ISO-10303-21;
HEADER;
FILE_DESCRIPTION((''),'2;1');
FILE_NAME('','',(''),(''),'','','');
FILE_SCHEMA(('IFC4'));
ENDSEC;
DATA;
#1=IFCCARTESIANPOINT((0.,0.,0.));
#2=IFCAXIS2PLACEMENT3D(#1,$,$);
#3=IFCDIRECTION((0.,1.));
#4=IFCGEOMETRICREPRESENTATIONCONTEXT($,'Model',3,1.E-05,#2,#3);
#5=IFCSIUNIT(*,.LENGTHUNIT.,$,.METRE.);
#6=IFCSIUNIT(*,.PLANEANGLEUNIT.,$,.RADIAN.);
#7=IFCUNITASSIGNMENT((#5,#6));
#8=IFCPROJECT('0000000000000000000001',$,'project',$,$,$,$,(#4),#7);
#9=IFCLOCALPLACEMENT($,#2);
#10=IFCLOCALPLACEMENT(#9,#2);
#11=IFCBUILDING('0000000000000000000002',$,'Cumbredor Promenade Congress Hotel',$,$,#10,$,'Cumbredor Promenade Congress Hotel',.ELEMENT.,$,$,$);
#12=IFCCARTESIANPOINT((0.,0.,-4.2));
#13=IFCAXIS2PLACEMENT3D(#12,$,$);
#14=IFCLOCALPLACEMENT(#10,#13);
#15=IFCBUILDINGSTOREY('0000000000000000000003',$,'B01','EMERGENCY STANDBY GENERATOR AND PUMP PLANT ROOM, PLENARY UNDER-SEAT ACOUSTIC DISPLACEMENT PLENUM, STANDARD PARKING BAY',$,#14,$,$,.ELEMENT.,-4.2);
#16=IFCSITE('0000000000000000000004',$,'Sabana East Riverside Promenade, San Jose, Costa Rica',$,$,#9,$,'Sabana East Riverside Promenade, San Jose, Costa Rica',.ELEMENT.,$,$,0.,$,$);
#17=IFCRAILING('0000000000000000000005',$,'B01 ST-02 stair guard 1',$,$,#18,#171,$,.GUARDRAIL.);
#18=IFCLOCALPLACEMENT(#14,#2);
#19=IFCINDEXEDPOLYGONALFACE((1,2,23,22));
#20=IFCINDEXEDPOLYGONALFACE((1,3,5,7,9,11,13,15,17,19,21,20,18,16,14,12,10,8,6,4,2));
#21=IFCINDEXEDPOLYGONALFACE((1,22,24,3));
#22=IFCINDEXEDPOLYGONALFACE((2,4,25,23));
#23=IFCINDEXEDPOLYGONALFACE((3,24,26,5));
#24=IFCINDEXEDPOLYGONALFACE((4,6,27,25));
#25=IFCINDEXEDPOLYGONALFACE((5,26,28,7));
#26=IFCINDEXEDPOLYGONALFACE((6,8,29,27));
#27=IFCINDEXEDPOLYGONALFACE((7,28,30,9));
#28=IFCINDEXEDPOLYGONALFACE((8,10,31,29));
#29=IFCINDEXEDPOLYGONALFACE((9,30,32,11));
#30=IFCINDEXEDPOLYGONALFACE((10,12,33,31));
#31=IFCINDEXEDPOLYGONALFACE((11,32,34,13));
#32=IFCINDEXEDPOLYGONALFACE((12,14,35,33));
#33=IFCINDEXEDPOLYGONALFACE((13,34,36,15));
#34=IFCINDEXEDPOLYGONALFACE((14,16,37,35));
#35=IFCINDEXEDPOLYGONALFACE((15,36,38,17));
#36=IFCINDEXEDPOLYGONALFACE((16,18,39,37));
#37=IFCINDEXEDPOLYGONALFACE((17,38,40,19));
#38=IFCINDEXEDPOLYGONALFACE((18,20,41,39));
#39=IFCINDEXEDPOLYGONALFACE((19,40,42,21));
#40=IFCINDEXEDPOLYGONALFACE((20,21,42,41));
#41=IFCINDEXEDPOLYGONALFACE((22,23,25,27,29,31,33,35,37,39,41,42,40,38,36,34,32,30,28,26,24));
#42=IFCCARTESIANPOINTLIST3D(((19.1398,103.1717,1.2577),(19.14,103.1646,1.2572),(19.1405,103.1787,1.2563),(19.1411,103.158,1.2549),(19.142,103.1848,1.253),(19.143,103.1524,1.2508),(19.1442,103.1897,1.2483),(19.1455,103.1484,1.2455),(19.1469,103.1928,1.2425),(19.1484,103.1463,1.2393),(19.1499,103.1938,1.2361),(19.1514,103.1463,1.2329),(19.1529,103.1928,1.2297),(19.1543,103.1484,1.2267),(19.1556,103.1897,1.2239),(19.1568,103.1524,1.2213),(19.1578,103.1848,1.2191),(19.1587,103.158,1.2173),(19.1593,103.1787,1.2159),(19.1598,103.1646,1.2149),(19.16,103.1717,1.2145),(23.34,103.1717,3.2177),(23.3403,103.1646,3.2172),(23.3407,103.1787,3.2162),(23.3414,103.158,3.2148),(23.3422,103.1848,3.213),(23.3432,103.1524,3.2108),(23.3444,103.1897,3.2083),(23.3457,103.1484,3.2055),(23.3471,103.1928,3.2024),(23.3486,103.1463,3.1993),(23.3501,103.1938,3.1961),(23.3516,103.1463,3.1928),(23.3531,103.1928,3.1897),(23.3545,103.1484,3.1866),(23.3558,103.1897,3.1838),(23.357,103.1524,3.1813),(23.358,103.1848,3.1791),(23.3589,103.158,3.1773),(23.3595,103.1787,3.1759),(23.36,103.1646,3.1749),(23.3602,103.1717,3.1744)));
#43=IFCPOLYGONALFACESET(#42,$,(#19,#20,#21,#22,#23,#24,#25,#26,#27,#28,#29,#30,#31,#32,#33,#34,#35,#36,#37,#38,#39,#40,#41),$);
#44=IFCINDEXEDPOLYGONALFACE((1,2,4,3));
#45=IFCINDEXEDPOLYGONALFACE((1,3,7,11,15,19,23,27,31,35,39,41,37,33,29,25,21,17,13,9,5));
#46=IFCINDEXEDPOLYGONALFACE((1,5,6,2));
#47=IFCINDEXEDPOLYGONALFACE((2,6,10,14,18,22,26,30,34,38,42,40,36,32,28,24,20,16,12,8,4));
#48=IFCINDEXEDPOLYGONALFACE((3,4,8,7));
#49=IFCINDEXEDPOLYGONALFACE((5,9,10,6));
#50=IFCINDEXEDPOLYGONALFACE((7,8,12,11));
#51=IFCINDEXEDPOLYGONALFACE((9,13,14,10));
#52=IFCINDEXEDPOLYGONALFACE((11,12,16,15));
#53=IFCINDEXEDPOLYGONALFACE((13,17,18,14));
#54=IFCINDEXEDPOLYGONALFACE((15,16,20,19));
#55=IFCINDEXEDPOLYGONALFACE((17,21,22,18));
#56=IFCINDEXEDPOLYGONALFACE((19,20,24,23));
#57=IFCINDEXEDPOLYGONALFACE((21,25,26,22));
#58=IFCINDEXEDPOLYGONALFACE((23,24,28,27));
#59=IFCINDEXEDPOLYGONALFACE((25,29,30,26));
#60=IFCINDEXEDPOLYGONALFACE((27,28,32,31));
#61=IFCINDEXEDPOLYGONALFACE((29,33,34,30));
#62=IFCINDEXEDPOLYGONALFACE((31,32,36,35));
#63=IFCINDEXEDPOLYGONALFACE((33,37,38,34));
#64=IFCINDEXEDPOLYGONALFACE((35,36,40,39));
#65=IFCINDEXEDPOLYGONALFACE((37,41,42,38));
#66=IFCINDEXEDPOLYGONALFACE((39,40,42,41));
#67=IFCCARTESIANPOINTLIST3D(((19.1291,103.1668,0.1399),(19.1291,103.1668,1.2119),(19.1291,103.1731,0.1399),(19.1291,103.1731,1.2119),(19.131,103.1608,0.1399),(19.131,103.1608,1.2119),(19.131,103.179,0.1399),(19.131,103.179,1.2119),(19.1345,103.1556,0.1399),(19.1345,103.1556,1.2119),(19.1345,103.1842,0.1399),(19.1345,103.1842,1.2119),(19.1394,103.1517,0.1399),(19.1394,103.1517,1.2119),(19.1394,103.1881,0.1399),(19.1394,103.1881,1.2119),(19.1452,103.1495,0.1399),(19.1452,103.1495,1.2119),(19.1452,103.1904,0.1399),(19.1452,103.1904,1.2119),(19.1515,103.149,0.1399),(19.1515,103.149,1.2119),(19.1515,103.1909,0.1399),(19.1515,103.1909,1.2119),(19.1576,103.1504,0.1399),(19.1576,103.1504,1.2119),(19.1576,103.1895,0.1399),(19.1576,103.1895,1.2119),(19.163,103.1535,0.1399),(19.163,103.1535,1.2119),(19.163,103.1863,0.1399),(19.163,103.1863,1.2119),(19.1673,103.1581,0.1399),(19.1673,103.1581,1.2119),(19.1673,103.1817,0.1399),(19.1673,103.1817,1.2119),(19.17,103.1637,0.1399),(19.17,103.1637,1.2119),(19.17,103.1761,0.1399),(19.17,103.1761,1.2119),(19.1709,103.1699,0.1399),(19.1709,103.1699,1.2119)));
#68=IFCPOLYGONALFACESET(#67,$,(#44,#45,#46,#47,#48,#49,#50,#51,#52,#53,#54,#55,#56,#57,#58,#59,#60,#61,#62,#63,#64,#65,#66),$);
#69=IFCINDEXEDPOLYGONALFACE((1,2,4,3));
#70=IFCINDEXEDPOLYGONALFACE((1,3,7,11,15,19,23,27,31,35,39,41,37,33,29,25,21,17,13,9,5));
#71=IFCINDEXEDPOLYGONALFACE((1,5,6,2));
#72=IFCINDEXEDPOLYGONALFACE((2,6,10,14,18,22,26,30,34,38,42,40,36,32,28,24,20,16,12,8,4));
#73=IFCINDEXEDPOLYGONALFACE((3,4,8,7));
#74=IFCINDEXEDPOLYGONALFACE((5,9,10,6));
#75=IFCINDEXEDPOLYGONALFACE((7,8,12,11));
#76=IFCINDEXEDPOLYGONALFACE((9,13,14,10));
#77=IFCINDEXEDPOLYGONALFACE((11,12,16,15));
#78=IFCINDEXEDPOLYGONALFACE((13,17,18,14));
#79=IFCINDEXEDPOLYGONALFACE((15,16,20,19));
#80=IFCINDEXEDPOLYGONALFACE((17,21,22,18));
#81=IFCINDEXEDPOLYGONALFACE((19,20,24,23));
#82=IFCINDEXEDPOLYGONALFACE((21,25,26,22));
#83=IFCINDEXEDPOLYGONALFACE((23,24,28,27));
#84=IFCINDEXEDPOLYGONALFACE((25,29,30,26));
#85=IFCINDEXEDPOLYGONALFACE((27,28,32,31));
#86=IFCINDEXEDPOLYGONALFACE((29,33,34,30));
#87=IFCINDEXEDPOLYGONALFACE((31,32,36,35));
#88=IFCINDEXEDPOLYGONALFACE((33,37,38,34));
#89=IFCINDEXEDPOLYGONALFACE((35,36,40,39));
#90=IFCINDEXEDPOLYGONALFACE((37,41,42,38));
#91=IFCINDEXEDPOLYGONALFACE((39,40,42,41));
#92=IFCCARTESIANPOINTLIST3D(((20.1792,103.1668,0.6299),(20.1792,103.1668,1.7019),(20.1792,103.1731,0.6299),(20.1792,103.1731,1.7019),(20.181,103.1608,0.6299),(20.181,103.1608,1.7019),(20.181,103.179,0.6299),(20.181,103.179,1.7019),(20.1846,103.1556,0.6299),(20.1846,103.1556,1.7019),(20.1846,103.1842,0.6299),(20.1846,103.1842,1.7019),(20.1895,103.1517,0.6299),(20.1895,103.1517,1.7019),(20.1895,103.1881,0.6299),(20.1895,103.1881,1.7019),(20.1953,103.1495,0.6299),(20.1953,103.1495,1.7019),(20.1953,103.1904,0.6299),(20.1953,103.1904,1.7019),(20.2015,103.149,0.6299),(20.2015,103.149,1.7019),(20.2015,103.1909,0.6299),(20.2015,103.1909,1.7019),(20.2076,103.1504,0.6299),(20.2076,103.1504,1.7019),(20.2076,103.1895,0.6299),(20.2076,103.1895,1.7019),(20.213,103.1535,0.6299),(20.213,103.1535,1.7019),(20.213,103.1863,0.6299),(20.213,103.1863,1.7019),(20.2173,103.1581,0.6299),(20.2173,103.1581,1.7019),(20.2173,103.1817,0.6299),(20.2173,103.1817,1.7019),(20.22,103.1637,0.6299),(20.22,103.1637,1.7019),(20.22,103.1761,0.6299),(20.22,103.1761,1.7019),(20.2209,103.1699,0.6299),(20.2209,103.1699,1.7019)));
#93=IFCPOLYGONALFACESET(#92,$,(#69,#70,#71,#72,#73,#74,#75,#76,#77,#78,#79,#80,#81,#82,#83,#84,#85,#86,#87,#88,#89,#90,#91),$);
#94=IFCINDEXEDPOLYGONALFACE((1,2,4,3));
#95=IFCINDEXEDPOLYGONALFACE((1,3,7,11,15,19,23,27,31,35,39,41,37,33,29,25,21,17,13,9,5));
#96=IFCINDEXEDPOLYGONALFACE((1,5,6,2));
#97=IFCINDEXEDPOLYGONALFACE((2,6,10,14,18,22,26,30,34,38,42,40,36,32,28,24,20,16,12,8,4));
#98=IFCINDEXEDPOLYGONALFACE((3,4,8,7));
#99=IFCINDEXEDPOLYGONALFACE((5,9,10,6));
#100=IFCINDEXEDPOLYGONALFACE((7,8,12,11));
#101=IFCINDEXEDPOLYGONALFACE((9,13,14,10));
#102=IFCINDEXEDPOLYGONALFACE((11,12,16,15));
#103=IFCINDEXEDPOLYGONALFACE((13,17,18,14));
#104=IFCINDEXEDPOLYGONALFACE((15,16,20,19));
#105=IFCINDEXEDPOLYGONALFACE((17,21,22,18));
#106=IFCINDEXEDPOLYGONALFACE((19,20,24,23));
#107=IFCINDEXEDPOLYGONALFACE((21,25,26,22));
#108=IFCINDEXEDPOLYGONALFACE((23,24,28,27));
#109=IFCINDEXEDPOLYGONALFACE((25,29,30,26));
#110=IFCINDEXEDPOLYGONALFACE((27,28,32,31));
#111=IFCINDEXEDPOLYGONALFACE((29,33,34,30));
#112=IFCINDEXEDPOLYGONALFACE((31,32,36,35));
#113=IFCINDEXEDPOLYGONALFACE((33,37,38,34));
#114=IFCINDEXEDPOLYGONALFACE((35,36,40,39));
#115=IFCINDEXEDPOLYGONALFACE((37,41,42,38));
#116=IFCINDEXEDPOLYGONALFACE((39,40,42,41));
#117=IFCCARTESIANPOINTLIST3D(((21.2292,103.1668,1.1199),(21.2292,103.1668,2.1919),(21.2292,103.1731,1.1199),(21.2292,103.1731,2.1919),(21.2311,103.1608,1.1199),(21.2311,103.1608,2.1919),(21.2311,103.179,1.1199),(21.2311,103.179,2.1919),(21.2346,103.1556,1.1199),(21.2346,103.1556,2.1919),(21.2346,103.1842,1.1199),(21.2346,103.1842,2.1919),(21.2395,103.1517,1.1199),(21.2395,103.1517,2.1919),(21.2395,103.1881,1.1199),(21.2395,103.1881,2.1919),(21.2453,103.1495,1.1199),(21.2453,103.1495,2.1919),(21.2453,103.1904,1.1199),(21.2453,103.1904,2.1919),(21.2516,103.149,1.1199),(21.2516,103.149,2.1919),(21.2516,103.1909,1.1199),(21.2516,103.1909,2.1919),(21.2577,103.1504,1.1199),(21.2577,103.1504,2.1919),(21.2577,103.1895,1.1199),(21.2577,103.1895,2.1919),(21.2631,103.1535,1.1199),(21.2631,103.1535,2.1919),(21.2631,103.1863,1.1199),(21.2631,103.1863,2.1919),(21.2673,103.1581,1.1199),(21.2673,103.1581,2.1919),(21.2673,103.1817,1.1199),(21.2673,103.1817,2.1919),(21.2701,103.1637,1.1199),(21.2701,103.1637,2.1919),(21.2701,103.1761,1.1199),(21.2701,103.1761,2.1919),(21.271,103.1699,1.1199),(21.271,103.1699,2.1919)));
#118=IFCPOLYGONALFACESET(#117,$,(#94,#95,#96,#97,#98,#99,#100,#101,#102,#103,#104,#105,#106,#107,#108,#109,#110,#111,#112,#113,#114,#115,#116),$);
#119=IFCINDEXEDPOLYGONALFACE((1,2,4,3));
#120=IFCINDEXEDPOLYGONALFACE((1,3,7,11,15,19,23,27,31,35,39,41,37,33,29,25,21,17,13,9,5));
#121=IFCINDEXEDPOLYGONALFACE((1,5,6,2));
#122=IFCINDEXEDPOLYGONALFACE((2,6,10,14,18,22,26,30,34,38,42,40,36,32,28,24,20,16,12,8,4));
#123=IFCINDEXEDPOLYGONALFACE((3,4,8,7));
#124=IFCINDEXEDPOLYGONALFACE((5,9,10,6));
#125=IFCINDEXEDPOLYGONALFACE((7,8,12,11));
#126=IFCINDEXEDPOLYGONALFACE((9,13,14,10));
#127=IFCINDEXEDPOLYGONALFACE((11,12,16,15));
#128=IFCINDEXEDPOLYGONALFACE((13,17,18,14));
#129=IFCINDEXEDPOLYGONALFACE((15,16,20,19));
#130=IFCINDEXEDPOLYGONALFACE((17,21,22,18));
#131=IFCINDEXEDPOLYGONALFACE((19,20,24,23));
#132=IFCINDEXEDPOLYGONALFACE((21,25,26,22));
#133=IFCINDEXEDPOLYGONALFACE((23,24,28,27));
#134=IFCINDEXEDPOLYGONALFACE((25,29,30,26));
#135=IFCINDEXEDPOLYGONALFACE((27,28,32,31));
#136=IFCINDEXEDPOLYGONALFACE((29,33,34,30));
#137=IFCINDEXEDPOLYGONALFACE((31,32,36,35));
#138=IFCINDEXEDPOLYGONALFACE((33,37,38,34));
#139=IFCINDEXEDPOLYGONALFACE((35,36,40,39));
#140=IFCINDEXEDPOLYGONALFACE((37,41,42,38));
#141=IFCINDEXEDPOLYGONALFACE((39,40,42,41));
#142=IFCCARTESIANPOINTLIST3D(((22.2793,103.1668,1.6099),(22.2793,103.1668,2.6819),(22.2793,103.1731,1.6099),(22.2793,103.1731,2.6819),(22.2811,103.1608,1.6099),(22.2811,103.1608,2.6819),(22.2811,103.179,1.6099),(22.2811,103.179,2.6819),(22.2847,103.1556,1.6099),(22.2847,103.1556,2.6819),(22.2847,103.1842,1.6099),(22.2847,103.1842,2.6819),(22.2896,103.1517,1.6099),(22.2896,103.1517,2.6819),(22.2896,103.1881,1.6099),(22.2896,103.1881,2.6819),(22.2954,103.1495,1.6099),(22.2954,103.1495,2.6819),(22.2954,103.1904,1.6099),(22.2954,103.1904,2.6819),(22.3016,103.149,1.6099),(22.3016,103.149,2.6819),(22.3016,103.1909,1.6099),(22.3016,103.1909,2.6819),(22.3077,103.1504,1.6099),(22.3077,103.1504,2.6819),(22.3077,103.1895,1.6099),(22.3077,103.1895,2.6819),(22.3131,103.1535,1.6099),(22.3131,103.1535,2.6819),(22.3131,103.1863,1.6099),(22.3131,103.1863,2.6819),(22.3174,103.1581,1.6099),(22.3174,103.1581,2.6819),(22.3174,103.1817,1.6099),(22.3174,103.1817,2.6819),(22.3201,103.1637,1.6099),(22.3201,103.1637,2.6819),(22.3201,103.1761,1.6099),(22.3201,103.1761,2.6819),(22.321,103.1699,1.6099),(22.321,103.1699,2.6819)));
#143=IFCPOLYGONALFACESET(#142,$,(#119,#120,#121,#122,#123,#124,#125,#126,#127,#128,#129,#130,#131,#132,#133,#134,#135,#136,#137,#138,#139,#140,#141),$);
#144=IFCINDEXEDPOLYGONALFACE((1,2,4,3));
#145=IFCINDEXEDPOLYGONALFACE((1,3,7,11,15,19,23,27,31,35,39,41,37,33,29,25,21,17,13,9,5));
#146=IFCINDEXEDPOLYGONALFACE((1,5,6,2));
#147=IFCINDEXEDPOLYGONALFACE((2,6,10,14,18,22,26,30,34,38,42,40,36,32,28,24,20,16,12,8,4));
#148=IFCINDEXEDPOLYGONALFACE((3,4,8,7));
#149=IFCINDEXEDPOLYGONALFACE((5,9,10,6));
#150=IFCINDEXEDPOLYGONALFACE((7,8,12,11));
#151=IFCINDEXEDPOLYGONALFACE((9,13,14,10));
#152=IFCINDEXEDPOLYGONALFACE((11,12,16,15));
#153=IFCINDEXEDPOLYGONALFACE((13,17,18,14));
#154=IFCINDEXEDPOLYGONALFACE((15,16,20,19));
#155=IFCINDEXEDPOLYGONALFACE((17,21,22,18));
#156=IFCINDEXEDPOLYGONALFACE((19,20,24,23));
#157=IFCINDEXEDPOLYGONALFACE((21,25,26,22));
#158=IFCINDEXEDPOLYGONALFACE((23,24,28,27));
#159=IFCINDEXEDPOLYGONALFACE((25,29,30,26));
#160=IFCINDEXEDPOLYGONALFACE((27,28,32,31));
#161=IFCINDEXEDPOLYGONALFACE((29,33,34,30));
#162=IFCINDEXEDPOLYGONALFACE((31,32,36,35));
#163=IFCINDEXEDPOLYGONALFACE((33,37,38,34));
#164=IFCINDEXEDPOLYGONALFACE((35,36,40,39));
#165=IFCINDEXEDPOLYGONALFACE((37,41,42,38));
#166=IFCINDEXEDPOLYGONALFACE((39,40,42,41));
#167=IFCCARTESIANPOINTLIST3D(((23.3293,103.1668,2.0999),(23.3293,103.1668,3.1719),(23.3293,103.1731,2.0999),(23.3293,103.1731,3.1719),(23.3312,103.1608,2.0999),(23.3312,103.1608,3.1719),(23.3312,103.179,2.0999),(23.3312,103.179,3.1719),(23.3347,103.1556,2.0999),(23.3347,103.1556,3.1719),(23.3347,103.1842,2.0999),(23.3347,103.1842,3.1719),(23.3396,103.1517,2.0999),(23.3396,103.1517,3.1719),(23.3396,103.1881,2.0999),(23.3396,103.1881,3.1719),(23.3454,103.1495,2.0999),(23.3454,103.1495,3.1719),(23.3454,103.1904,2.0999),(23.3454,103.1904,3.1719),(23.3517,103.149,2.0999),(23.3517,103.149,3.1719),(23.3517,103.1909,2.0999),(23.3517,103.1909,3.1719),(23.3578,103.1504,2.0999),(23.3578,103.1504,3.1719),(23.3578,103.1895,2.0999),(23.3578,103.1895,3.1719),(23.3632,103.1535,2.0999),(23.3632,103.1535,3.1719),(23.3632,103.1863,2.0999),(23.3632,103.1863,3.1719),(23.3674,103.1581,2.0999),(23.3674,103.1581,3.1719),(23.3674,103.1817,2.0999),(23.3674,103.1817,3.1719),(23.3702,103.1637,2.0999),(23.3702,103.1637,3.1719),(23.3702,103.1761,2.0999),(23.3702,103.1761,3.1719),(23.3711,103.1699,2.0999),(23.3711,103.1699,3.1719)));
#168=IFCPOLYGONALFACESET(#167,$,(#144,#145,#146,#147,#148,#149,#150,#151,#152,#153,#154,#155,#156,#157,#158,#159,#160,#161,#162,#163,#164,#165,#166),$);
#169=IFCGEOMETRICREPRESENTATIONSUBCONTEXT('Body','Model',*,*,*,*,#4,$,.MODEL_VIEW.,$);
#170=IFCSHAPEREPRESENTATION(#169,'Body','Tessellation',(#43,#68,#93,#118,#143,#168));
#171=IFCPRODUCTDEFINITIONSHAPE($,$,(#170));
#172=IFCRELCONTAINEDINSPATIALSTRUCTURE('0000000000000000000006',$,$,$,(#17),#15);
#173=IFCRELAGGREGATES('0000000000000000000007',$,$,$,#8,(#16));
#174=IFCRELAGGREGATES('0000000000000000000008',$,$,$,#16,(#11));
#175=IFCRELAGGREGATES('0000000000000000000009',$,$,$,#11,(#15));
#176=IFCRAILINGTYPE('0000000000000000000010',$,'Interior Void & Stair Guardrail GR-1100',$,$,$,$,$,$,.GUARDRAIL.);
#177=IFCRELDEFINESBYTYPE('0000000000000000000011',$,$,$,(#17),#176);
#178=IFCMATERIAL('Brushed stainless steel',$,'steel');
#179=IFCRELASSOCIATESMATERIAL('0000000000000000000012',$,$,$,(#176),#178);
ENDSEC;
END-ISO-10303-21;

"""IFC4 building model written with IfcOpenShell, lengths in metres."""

from ifc_helpers import new_model, si_unit, direction, frame, origin, origin_2d, place, context, subcontext, project, spatial, circle, extrude, material, type_object, element, save


model = new_model("IFC4")

# Units and contexts
model_context = context("Model", 3, precision=1e-05, world=origin(), true_north=direction((0.0, 1.0)))
body_context = subcontext(model_context, "Body", "Model", "MODEL_VIEW")
ifc_project = project(units=[si_unit("LENGTHUNIT", "METRE"), si_unit("PLANEANGLEUNIT", "RADIAN")], contexts=[model_context])

# Site, building, storey
site_placement = place(None, origin())
site = spatial("IfcSite", under=ifc_project, at=site_placement, Name="Sabana East Riverside Promenade, San Jose, Costa Rica", LongName="Sabana East Riverside Promenade, San Jose, Costa Rica", CompositionType="ELEMENT", RefElevation=0.0)
building_placement = place(site_placement, origin())
building = spatial("IfcBuilding", under=site, at=building_placement, Name="Cumbredor Promenade Congress Hotel", LongName="Cumbredor Promenade Congress Hotel", CompositionType="ELEMENT")
storey_placement = place(building_placement, frame((0.0, 0.0, -4.2)))
storey = spatial("IfcBuildingStorey", under=building, at=storey_placement, Name="B01", Description="EMERGENCY STANDBY GENERATOR AND PUMP PLANT ROOM, PLENARY UNDER-SEAT ACOUSTIC DISPLACEMENT PLENUM, STANDARD PARKING BAY", CompositionType="ELEMENT", Elevation=-4.2)

# Railing
ifc_material_1 = material(Name="Brushed stainless steel", Category="steel")
railing_type_1 = type_object("IfcRailingType", Name="Interior Void & Stair Guardrail GR-1100", PredefinedType="GUARDRAIL", material=ifc_material_1)
railing_1_placement = place(storey_placement, frame((19.1499, 103.1699, 0.1399)))
element("IfcRailing", 1, at=railing_1_placement, inside=storey, type_object=railing_type_1, Name="B01 ST-02 stair guard 1", PredefinedType="GUARDRAIL", context=body_context, shape_type="SweptSolid", body=[
    extrude(circle(Radius=0.0239, at=origin_2d()), frame((0.0, 0.0, 1.0962), z_axis=(0.906194, 0.0, 0.422862), x_axis=(0.0, 1.0, 0.0)), (0.0, 0.0, 1.0), 4.635),
    extrude(circle(Radius=0.021, at=origin_2d()), origin(), (0.0, 0.0, 1.0), 1.072),
    extrude(circle(Radius=0.021, at=origin_2d()), frame((1.05, 0.0, 0.49)), (0.0, 0.0, 1.0), 1.072),
    extrude(circle(Radius=0.021, at=origin_2d()), frame((2.1001, 0.0, 0.98)), (0.0, 0.0, 1.0), 1.072),
    extrude(circle(Radius=0.021, at=origin_2d()), frame((3.1501, 0.0, 1.47)), (0.0, 0.0, 1.0), 1.072),
    extrude(circle(Radius=0.021, at=origin_2d()), frame((4.2002, 0.0, 1.96)), (0.0, 0.0, 1.0), 1.072),
])

save(model, "model.ifc")
